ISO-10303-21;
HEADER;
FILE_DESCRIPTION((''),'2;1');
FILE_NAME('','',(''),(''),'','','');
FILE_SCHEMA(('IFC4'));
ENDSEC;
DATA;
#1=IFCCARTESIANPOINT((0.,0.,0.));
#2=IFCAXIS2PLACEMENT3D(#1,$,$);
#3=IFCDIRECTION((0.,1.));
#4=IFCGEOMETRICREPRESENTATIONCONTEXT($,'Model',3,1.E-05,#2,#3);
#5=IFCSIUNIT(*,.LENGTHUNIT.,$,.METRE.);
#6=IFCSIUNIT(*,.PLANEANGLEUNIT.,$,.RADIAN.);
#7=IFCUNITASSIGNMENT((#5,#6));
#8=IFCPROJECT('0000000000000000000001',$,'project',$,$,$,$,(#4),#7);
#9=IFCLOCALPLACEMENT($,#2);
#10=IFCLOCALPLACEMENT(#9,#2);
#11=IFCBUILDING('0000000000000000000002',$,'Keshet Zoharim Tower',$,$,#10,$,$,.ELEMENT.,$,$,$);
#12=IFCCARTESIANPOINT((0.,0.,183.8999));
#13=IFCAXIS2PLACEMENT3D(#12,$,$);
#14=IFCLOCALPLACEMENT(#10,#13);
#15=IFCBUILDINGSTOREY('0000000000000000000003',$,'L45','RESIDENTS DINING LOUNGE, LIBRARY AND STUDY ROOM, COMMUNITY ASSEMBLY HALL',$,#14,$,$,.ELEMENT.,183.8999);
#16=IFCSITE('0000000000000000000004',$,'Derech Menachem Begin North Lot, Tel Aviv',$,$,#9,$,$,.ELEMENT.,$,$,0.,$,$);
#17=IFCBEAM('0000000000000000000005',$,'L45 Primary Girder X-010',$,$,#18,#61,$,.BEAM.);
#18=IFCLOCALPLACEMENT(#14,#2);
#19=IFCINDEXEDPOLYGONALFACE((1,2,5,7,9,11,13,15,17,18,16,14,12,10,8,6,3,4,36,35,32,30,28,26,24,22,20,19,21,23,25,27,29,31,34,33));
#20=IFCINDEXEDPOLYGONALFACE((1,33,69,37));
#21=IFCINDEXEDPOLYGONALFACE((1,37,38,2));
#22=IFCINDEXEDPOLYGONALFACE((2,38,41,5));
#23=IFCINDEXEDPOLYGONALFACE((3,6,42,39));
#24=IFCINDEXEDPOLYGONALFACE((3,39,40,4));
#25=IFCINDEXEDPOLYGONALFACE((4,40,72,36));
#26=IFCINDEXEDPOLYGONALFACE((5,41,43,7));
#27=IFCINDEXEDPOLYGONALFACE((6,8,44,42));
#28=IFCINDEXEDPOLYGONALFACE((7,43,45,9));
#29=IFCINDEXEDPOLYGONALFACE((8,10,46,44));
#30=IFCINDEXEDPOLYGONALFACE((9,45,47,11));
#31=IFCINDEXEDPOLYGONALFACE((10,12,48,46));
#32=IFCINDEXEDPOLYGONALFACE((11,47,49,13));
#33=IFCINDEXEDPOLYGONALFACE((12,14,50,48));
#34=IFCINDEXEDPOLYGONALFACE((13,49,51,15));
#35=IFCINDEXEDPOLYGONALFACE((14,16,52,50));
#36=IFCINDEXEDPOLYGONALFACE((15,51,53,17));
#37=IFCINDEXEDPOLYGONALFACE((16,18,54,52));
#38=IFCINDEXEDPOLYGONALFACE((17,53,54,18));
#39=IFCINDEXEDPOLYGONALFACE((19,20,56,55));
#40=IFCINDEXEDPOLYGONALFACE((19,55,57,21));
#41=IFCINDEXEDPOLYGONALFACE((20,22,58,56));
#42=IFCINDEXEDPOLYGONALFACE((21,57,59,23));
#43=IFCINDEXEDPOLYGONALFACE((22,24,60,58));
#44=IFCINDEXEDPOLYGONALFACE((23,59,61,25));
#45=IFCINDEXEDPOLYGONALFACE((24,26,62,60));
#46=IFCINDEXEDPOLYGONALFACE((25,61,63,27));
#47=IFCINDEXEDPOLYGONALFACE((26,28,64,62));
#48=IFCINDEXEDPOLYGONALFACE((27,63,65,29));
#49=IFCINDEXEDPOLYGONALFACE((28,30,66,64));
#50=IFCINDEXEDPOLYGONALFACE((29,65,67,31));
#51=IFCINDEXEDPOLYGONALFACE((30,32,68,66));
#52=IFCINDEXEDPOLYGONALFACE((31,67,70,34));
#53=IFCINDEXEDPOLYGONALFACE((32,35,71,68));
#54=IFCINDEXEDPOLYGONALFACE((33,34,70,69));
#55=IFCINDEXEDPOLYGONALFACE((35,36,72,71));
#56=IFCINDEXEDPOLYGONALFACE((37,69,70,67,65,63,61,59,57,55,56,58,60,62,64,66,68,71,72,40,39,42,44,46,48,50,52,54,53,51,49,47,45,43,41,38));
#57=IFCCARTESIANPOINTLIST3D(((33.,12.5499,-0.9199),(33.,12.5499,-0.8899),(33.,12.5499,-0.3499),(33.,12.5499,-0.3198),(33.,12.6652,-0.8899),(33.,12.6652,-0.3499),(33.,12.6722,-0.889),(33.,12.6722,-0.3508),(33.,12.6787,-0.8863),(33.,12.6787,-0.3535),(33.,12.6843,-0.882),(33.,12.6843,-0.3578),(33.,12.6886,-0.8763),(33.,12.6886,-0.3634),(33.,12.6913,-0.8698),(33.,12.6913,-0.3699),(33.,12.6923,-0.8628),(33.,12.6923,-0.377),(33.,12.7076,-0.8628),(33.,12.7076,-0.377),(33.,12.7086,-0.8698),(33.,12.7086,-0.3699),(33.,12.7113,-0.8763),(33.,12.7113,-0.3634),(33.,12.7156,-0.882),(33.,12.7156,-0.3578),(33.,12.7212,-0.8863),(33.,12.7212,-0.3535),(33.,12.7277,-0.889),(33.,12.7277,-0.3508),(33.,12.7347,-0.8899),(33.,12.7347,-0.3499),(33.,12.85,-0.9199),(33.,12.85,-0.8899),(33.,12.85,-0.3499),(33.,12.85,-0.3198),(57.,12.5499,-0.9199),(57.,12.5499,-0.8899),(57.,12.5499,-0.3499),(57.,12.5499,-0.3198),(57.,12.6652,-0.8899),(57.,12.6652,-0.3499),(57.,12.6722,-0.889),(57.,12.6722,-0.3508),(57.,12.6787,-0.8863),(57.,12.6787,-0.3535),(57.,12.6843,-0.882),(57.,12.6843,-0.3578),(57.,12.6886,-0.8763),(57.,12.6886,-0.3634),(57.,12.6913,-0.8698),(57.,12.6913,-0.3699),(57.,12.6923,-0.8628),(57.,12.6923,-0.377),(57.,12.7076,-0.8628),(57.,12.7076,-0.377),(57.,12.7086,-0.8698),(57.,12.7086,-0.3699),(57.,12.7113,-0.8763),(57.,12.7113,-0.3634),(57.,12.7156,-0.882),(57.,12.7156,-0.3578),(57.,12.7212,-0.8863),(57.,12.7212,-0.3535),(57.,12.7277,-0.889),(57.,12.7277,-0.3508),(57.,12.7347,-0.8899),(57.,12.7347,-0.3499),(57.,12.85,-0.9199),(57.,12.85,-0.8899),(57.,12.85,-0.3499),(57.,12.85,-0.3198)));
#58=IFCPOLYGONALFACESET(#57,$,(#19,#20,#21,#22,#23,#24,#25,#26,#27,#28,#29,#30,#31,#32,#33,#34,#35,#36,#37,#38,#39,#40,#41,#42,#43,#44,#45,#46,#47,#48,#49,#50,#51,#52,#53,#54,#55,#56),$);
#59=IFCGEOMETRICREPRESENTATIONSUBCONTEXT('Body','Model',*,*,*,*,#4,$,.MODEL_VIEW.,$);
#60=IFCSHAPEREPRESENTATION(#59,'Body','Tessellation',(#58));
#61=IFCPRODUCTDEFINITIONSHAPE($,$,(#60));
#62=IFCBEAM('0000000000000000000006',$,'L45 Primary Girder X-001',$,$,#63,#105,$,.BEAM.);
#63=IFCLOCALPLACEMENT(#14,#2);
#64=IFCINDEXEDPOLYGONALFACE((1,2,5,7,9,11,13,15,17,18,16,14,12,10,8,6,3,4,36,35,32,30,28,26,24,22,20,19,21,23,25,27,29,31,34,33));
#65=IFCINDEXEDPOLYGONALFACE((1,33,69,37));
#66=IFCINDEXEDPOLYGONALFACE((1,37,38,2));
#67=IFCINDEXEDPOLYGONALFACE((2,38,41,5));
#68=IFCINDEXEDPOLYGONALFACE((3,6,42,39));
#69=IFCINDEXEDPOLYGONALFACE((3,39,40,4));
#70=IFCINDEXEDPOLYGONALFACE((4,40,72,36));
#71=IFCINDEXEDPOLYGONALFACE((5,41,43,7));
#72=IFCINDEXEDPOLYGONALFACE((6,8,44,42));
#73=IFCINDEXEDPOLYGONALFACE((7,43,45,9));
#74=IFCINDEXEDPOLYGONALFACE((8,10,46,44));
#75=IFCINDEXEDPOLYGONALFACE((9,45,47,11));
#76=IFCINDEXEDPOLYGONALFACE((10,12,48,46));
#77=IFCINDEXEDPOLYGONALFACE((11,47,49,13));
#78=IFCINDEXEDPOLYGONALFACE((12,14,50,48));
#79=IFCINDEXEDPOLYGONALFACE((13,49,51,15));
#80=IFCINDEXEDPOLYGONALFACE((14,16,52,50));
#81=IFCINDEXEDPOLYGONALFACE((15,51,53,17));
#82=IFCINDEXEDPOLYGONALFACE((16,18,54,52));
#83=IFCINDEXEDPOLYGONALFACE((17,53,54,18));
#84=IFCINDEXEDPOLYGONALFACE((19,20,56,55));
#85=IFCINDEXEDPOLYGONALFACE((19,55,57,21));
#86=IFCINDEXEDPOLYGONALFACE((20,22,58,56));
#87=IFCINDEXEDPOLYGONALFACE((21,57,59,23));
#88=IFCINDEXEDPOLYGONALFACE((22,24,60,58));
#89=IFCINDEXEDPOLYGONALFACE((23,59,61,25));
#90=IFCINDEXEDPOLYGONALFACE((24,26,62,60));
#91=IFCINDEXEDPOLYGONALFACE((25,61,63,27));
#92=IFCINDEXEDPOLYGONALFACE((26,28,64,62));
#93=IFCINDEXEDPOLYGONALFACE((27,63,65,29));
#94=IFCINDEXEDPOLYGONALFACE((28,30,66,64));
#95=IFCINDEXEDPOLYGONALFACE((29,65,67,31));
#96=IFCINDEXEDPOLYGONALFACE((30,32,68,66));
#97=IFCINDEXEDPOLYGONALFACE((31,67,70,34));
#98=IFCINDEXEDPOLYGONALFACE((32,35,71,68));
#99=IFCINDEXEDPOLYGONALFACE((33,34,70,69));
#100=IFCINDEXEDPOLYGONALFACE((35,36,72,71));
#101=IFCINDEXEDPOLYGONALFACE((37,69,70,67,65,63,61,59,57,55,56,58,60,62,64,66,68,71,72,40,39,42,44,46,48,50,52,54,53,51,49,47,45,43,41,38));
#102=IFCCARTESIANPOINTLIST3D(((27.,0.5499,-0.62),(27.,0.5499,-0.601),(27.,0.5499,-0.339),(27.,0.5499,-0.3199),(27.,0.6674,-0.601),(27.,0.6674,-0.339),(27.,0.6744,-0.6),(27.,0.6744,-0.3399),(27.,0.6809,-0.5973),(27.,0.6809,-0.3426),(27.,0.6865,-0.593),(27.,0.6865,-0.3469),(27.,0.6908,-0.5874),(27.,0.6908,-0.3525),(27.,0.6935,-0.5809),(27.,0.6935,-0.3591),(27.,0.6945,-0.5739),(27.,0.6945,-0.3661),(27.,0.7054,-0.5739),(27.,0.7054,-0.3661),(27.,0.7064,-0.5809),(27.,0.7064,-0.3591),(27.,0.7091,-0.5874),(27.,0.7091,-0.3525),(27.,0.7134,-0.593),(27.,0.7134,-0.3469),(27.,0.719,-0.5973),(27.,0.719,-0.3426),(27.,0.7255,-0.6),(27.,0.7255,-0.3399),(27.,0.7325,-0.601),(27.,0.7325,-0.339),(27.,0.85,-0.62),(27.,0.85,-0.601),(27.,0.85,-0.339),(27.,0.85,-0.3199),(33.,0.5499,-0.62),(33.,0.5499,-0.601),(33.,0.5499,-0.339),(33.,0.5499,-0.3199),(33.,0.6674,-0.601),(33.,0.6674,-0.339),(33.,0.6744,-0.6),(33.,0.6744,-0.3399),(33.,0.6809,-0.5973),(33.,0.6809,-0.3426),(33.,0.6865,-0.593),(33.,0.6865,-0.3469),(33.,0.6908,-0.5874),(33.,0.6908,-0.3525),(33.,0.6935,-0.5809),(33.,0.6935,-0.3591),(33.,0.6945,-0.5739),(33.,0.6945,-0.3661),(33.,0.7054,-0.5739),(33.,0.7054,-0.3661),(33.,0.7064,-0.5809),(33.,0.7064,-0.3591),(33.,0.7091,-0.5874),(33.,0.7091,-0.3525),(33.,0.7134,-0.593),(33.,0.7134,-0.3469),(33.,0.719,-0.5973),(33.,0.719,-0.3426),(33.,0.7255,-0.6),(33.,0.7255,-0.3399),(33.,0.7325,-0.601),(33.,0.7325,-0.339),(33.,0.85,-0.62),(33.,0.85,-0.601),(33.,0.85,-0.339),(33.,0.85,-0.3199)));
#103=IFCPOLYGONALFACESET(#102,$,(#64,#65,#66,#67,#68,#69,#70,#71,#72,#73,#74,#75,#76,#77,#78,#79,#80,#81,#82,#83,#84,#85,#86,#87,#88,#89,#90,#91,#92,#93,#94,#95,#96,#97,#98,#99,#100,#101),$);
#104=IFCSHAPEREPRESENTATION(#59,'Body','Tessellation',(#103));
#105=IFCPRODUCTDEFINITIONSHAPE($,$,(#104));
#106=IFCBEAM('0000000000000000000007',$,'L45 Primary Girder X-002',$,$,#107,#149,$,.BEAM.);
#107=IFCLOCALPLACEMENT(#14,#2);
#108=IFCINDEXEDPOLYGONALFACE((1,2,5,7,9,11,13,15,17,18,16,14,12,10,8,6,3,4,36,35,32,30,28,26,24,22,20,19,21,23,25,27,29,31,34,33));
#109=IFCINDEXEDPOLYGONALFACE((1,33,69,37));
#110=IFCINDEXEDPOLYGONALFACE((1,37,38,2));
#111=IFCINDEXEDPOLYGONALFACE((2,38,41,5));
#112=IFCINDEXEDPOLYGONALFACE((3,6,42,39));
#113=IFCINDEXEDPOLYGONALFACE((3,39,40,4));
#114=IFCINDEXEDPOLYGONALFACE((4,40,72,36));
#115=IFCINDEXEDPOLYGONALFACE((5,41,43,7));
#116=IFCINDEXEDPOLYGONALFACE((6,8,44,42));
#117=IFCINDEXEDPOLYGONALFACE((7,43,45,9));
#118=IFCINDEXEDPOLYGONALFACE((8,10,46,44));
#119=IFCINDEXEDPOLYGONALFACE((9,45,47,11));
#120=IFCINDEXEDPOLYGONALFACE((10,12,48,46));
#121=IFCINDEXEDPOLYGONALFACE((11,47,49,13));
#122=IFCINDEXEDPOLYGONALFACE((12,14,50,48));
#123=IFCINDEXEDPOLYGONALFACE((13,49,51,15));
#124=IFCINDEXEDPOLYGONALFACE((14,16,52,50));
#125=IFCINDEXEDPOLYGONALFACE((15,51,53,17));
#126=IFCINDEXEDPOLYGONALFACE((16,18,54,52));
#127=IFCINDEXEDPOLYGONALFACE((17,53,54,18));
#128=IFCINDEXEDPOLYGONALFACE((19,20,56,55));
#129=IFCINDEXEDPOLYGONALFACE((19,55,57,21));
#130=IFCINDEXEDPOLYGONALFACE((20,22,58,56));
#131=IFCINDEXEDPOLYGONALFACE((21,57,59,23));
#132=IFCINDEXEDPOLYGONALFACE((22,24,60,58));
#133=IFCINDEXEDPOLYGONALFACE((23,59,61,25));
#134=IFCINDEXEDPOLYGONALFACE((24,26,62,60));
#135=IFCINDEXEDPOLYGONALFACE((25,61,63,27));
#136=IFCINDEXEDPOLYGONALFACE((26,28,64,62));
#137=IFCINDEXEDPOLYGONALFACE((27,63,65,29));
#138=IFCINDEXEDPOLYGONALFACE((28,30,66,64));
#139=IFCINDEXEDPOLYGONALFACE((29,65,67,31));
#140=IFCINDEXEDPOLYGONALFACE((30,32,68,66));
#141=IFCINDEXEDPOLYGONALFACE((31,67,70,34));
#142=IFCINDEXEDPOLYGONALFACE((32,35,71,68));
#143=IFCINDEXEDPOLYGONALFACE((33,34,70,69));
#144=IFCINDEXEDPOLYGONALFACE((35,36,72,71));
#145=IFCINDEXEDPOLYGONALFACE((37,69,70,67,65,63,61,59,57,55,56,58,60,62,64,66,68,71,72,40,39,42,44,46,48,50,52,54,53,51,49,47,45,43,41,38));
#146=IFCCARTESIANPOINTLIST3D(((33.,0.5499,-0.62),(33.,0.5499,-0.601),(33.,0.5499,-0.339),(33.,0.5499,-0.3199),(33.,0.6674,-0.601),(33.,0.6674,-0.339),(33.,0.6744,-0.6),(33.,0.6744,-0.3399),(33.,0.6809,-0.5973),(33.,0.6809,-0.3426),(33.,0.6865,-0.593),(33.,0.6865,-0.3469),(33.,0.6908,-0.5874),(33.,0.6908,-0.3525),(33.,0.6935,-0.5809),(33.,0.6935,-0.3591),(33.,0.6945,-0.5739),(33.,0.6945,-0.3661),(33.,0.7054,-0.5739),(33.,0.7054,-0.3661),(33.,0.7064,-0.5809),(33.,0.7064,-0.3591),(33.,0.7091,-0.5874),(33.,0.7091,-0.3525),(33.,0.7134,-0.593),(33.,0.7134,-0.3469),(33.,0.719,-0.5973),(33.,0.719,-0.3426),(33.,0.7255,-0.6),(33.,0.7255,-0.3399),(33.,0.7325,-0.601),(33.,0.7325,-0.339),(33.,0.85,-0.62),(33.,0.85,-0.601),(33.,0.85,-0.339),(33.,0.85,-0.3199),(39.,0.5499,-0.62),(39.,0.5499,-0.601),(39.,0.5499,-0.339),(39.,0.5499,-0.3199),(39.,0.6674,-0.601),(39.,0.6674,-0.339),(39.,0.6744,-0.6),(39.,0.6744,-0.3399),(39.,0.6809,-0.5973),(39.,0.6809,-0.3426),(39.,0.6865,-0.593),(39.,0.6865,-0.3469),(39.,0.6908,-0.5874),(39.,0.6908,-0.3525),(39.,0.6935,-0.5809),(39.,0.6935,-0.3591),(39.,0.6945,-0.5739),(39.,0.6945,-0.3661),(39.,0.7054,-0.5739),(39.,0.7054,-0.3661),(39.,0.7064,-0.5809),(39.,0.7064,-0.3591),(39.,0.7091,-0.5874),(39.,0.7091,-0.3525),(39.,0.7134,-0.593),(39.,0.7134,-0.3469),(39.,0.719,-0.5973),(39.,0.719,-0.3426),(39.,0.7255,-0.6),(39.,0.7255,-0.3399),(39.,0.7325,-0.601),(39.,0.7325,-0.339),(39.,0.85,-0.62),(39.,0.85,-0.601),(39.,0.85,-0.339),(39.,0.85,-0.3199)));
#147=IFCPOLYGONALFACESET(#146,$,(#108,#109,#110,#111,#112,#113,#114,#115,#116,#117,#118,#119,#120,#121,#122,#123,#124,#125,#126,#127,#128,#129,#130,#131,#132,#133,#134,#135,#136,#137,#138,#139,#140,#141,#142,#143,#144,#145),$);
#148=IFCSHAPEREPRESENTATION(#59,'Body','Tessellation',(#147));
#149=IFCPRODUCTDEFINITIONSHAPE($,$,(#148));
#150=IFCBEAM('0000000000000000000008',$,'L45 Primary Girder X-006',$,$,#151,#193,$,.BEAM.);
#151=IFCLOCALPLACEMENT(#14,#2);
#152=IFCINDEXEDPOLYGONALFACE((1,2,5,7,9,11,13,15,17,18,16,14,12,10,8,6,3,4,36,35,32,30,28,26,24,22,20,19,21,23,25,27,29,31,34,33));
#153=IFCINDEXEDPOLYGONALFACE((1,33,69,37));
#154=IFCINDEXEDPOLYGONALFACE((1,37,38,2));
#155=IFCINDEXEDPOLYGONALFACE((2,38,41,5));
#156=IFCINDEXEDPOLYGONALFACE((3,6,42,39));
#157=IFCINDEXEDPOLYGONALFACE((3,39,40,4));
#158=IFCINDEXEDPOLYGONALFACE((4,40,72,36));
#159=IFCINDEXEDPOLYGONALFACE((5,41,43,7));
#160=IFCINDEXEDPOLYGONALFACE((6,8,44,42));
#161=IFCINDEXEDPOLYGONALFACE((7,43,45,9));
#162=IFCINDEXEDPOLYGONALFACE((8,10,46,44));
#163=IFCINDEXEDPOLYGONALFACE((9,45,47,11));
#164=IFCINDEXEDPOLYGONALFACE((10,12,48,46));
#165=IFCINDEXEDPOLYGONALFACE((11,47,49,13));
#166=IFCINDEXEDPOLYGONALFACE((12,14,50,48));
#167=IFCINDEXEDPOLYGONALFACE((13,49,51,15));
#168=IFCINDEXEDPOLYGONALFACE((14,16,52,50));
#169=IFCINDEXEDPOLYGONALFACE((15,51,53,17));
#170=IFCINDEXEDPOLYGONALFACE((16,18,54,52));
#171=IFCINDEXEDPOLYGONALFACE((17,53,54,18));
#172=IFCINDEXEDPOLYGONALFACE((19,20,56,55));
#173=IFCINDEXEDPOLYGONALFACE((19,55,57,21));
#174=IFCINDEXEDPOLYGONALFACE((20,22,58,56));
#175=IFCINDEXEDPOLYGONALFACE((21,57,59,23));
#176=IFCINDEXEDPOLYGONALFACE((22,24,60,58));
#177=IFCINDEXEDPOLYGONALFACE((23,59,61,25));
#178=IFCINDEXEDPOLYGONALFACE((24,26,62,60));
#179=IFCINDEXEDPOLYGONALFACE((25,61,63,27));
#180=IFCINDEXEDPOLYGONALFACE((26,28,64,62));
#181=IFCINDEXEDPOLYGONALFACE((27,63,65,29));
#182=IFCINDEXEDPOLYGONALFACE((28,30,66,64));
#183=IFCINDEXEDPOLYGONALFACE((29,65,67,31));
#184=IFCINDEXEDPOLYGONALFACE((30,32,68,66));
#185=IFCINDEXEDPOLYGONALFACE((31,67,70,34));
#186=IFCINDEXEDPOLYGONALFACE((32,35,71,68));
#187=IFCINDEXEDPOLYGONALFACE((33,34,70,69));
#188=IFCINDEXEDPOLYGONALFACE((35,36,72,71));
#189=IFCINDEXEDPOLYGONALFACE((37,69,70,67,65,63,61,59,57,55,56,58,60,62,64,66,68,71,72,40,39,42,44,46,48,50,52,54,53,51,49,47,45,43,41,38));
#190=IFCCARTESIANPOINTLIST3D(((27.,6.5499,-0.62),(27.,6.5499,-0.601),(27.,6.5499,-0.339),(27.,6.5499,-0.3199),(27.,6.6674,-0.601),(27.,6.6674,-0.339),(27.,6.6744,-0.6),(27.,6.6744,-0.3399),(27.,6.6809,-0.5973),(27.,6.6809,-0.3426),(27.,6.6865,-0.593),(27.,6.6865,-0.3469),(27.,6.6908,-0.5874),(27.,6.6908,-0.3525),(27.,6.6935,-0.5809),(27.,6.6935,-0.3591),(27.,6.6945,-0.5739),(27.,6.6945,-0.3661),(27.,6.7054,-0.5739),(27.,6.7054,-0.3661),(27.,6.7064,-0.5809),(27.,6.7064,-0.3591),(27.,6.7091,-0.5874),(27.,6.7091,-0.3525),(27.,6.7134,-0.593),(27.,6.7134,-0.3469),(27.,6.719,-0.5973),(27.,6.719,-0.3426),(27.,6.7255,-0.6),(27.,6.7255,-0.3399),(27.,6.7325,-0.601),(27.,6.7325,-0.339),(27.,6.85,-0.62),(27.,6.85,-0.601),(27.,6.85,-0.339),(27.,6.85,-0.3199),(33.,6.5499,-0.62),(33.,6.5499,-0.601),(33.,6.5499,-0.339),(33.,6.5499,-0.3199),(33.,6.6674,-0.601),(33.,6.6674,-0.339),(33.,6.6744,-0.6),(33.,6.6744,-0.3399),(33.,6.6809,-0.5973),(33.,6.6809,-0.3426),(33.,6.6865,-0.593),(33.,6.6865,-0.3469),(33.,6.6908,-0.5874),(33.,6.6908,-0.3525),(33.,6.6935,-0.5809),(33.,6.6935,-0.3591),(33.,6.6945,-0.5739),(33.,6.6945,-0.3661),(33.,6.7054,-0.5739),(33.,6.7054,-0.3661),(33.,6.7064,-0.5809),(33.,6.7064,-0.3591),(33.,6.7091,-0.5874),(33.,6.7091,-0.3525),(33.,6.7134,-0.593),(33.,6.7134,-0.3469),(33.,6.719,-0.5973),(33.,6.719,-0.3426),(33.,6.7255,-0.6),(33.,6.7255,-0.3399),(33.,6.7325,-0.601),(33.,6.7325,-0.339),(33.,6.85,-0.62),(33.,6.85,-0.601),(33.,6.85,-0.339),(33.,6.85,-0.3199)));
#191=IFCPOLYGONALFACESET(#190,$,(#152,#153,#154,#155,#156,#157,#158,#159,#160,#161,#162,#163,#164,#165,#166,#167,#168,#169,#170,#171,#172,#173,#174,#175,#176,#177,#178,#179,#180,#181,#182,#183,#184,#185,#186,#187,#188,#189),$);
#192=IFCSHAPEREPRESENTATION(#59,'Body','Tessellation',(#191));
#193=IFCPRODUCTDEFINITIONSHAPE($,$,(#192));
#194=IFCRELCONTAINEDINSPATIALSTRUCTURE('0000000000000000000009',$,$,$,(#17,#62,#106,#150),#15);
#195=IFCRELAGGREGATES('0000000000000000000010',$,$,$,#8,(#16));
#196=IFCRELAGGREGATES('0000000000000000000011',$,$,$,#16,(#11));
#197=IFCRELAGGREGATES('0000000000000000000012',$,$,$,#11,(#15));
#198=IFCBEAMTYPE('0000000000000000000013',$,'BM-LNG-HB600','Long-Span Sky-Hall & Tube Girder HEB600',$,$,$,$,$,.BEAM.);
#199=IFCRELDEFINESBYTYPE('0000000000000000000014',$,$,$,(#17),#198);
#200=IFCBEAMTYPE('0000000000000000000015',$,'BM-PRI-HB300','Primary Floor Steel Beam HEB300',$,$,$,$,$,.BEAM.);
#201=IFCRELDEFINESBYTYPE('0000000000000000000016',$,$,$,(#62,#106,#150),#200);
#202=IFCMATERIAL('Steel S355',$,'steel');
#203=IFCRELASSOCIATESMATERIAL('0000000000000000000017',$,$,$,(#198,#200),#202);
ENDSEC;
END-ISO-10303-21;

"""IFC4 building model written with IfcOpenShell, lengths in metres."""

from ifc_helpers import new_model, si_unit, direction, frame, origin, origin_2d, place, context, subcontext, project, spatial, i_section, extrude, material, material_profile, profile_set, type_object, element, save


model = new_model("IFC4")

# Units and contexts
model_context = context("Model", 3, precision=1e-05, world=origin(), true_north=direction((0.0, 1.0)))
body_context = subcontext(model_context, "Body", "Model", "MODEL_VIEW")
ifc_project = project(units=[si_unit("LENGTHUNIT", "METRE"), si_unit("PLANEANGLEUNIT", "RADIAN")], contexts=[model_context])

# Site, building, storey
site_placement = place(None, origin())
site = spatial("IfcSite", under=ifc_project, at=site_placement, Name="Derech Menachem Begin North Lot, Tel Aviv", CompositionType="ELEMENT", RefElevation=0.0)
building_placement = place(site_placement, origin())
building = spatial("IfcBuilding", under=site, at=building_placement, Name="Keshet Zoharim Tower", CompositionType="ELEMENT")
storey_placement = place(building_placement, frame((0.0, 0.0, 183.8999)))
storey = spatial("IfcBuildingStorey", under=building, at=storey_placement, Name="L45", Description="RESIDENTS DINING LOUNGE, LIBRARY AND STUDY ROOM, COMMUNITY ASSEMBLY HALL", CompositionType="ELEMENT", Elevation=183.8999)

# Shared definitions
ifc_material_1 = material(Name="Steel S355", Category="steel")

# Beams
ifc_material_profile_1 = material_profile(ifc_material_1, i_section(OverallWidth=0.3, OverallDepth=0.6001, WebThickness=0.0154, FlangeThickness=0.03, FilletRadius=0.0271, at=origin_2d()), Name="HEB600")
ifc_profile_set_1 = profile_set([ifc_material_profile_1], Name="Steel S355")
beam_type_1 = type_object("IfcBeamType", Name="BM-LNG-HB600", Description="Long-Span Sky-Hall & Tube Girder HEB600", PredefinedType="BEAM", material=ifc_profile_set_1)
beam_placement = place(storey_placement, frame((33.0, 12.7, -0.6199), z_axis=(1.0, 0.0, 0.0), x_axis=(0.0, 1.0, 0.0)))
element("IfcBeam", 1, at=beam_placement, inside=storey, type_object=beam_type_1, Name="L45 Primary Girder X-010", PredefinedType="BEAM", context=body_context, shape_type="SweptSolid", body=[
    extrude(i_section(OverallWidth=0.3, OverallDepth=0.6001, WebThickness=0.0154, FlangeThickness=0.03, FilletRadius=0.0271, at=origin_2d()), origin(), (0.0, 0.0, 1.0), 24.0),
])
ifc_material_profile_2 = material_profile(ifc_material_1, i_section(OverallWidth=0.3, OverallDepth=0.3, WebThickness=0.011, FlangeThickness=0.019, FilletRadius=0.0271, at=origin_2d()), Name="HEB300")
ifc_profile_set_2 = profile_set([ifc_material_profile_2], Name="Steel S355")
beam_type_2 = type_object("IfcBeamType", Name="BM-PRI-HB300", Description="Primary Floor Steel Beam HEB300", PredefinedType="BEAM", material=ifc_profile_set_2)
for number, where, z_axis, x_axis, name in (
    (2, (27.0, 0.7, -0.47), (1.0, 0.0, 0.0), (0.0, 1.0, 0.0), "L45 Primary Girder X-001"),
    (3, (33.0, 0.7, -0.47), (1.0, 0.0, 0.0), (0.0, 1.0, 0.0), "L45 Primary Girder X-002"),
    (4, (27.0, 6.7, -0.47), (1.0, 0.0, 0.0), (0.0, 1.0, 0.0), "L45 Primary Girder X-006"),
):
    element("IfcBeam", number, at=place(storey_placement, frame(where, z_axis=z_axis, x_axis=x_axis)), inside=storey, type_object=beam_type_2, Name=name, PredefinedType="BEAM", context=body_context, shape_type="SweptSolid", body=[
        extrude(i_section(OverallWidth=0.3, OverallDepth=0.3, WebThickness=0.011, FlangeThickness=0.019, FilletRadius=0.0271, at=origin_2d()), origin(), (0.0, 0.0, 1.0), 6.0),
    ])

save(model, "model.ifc")
